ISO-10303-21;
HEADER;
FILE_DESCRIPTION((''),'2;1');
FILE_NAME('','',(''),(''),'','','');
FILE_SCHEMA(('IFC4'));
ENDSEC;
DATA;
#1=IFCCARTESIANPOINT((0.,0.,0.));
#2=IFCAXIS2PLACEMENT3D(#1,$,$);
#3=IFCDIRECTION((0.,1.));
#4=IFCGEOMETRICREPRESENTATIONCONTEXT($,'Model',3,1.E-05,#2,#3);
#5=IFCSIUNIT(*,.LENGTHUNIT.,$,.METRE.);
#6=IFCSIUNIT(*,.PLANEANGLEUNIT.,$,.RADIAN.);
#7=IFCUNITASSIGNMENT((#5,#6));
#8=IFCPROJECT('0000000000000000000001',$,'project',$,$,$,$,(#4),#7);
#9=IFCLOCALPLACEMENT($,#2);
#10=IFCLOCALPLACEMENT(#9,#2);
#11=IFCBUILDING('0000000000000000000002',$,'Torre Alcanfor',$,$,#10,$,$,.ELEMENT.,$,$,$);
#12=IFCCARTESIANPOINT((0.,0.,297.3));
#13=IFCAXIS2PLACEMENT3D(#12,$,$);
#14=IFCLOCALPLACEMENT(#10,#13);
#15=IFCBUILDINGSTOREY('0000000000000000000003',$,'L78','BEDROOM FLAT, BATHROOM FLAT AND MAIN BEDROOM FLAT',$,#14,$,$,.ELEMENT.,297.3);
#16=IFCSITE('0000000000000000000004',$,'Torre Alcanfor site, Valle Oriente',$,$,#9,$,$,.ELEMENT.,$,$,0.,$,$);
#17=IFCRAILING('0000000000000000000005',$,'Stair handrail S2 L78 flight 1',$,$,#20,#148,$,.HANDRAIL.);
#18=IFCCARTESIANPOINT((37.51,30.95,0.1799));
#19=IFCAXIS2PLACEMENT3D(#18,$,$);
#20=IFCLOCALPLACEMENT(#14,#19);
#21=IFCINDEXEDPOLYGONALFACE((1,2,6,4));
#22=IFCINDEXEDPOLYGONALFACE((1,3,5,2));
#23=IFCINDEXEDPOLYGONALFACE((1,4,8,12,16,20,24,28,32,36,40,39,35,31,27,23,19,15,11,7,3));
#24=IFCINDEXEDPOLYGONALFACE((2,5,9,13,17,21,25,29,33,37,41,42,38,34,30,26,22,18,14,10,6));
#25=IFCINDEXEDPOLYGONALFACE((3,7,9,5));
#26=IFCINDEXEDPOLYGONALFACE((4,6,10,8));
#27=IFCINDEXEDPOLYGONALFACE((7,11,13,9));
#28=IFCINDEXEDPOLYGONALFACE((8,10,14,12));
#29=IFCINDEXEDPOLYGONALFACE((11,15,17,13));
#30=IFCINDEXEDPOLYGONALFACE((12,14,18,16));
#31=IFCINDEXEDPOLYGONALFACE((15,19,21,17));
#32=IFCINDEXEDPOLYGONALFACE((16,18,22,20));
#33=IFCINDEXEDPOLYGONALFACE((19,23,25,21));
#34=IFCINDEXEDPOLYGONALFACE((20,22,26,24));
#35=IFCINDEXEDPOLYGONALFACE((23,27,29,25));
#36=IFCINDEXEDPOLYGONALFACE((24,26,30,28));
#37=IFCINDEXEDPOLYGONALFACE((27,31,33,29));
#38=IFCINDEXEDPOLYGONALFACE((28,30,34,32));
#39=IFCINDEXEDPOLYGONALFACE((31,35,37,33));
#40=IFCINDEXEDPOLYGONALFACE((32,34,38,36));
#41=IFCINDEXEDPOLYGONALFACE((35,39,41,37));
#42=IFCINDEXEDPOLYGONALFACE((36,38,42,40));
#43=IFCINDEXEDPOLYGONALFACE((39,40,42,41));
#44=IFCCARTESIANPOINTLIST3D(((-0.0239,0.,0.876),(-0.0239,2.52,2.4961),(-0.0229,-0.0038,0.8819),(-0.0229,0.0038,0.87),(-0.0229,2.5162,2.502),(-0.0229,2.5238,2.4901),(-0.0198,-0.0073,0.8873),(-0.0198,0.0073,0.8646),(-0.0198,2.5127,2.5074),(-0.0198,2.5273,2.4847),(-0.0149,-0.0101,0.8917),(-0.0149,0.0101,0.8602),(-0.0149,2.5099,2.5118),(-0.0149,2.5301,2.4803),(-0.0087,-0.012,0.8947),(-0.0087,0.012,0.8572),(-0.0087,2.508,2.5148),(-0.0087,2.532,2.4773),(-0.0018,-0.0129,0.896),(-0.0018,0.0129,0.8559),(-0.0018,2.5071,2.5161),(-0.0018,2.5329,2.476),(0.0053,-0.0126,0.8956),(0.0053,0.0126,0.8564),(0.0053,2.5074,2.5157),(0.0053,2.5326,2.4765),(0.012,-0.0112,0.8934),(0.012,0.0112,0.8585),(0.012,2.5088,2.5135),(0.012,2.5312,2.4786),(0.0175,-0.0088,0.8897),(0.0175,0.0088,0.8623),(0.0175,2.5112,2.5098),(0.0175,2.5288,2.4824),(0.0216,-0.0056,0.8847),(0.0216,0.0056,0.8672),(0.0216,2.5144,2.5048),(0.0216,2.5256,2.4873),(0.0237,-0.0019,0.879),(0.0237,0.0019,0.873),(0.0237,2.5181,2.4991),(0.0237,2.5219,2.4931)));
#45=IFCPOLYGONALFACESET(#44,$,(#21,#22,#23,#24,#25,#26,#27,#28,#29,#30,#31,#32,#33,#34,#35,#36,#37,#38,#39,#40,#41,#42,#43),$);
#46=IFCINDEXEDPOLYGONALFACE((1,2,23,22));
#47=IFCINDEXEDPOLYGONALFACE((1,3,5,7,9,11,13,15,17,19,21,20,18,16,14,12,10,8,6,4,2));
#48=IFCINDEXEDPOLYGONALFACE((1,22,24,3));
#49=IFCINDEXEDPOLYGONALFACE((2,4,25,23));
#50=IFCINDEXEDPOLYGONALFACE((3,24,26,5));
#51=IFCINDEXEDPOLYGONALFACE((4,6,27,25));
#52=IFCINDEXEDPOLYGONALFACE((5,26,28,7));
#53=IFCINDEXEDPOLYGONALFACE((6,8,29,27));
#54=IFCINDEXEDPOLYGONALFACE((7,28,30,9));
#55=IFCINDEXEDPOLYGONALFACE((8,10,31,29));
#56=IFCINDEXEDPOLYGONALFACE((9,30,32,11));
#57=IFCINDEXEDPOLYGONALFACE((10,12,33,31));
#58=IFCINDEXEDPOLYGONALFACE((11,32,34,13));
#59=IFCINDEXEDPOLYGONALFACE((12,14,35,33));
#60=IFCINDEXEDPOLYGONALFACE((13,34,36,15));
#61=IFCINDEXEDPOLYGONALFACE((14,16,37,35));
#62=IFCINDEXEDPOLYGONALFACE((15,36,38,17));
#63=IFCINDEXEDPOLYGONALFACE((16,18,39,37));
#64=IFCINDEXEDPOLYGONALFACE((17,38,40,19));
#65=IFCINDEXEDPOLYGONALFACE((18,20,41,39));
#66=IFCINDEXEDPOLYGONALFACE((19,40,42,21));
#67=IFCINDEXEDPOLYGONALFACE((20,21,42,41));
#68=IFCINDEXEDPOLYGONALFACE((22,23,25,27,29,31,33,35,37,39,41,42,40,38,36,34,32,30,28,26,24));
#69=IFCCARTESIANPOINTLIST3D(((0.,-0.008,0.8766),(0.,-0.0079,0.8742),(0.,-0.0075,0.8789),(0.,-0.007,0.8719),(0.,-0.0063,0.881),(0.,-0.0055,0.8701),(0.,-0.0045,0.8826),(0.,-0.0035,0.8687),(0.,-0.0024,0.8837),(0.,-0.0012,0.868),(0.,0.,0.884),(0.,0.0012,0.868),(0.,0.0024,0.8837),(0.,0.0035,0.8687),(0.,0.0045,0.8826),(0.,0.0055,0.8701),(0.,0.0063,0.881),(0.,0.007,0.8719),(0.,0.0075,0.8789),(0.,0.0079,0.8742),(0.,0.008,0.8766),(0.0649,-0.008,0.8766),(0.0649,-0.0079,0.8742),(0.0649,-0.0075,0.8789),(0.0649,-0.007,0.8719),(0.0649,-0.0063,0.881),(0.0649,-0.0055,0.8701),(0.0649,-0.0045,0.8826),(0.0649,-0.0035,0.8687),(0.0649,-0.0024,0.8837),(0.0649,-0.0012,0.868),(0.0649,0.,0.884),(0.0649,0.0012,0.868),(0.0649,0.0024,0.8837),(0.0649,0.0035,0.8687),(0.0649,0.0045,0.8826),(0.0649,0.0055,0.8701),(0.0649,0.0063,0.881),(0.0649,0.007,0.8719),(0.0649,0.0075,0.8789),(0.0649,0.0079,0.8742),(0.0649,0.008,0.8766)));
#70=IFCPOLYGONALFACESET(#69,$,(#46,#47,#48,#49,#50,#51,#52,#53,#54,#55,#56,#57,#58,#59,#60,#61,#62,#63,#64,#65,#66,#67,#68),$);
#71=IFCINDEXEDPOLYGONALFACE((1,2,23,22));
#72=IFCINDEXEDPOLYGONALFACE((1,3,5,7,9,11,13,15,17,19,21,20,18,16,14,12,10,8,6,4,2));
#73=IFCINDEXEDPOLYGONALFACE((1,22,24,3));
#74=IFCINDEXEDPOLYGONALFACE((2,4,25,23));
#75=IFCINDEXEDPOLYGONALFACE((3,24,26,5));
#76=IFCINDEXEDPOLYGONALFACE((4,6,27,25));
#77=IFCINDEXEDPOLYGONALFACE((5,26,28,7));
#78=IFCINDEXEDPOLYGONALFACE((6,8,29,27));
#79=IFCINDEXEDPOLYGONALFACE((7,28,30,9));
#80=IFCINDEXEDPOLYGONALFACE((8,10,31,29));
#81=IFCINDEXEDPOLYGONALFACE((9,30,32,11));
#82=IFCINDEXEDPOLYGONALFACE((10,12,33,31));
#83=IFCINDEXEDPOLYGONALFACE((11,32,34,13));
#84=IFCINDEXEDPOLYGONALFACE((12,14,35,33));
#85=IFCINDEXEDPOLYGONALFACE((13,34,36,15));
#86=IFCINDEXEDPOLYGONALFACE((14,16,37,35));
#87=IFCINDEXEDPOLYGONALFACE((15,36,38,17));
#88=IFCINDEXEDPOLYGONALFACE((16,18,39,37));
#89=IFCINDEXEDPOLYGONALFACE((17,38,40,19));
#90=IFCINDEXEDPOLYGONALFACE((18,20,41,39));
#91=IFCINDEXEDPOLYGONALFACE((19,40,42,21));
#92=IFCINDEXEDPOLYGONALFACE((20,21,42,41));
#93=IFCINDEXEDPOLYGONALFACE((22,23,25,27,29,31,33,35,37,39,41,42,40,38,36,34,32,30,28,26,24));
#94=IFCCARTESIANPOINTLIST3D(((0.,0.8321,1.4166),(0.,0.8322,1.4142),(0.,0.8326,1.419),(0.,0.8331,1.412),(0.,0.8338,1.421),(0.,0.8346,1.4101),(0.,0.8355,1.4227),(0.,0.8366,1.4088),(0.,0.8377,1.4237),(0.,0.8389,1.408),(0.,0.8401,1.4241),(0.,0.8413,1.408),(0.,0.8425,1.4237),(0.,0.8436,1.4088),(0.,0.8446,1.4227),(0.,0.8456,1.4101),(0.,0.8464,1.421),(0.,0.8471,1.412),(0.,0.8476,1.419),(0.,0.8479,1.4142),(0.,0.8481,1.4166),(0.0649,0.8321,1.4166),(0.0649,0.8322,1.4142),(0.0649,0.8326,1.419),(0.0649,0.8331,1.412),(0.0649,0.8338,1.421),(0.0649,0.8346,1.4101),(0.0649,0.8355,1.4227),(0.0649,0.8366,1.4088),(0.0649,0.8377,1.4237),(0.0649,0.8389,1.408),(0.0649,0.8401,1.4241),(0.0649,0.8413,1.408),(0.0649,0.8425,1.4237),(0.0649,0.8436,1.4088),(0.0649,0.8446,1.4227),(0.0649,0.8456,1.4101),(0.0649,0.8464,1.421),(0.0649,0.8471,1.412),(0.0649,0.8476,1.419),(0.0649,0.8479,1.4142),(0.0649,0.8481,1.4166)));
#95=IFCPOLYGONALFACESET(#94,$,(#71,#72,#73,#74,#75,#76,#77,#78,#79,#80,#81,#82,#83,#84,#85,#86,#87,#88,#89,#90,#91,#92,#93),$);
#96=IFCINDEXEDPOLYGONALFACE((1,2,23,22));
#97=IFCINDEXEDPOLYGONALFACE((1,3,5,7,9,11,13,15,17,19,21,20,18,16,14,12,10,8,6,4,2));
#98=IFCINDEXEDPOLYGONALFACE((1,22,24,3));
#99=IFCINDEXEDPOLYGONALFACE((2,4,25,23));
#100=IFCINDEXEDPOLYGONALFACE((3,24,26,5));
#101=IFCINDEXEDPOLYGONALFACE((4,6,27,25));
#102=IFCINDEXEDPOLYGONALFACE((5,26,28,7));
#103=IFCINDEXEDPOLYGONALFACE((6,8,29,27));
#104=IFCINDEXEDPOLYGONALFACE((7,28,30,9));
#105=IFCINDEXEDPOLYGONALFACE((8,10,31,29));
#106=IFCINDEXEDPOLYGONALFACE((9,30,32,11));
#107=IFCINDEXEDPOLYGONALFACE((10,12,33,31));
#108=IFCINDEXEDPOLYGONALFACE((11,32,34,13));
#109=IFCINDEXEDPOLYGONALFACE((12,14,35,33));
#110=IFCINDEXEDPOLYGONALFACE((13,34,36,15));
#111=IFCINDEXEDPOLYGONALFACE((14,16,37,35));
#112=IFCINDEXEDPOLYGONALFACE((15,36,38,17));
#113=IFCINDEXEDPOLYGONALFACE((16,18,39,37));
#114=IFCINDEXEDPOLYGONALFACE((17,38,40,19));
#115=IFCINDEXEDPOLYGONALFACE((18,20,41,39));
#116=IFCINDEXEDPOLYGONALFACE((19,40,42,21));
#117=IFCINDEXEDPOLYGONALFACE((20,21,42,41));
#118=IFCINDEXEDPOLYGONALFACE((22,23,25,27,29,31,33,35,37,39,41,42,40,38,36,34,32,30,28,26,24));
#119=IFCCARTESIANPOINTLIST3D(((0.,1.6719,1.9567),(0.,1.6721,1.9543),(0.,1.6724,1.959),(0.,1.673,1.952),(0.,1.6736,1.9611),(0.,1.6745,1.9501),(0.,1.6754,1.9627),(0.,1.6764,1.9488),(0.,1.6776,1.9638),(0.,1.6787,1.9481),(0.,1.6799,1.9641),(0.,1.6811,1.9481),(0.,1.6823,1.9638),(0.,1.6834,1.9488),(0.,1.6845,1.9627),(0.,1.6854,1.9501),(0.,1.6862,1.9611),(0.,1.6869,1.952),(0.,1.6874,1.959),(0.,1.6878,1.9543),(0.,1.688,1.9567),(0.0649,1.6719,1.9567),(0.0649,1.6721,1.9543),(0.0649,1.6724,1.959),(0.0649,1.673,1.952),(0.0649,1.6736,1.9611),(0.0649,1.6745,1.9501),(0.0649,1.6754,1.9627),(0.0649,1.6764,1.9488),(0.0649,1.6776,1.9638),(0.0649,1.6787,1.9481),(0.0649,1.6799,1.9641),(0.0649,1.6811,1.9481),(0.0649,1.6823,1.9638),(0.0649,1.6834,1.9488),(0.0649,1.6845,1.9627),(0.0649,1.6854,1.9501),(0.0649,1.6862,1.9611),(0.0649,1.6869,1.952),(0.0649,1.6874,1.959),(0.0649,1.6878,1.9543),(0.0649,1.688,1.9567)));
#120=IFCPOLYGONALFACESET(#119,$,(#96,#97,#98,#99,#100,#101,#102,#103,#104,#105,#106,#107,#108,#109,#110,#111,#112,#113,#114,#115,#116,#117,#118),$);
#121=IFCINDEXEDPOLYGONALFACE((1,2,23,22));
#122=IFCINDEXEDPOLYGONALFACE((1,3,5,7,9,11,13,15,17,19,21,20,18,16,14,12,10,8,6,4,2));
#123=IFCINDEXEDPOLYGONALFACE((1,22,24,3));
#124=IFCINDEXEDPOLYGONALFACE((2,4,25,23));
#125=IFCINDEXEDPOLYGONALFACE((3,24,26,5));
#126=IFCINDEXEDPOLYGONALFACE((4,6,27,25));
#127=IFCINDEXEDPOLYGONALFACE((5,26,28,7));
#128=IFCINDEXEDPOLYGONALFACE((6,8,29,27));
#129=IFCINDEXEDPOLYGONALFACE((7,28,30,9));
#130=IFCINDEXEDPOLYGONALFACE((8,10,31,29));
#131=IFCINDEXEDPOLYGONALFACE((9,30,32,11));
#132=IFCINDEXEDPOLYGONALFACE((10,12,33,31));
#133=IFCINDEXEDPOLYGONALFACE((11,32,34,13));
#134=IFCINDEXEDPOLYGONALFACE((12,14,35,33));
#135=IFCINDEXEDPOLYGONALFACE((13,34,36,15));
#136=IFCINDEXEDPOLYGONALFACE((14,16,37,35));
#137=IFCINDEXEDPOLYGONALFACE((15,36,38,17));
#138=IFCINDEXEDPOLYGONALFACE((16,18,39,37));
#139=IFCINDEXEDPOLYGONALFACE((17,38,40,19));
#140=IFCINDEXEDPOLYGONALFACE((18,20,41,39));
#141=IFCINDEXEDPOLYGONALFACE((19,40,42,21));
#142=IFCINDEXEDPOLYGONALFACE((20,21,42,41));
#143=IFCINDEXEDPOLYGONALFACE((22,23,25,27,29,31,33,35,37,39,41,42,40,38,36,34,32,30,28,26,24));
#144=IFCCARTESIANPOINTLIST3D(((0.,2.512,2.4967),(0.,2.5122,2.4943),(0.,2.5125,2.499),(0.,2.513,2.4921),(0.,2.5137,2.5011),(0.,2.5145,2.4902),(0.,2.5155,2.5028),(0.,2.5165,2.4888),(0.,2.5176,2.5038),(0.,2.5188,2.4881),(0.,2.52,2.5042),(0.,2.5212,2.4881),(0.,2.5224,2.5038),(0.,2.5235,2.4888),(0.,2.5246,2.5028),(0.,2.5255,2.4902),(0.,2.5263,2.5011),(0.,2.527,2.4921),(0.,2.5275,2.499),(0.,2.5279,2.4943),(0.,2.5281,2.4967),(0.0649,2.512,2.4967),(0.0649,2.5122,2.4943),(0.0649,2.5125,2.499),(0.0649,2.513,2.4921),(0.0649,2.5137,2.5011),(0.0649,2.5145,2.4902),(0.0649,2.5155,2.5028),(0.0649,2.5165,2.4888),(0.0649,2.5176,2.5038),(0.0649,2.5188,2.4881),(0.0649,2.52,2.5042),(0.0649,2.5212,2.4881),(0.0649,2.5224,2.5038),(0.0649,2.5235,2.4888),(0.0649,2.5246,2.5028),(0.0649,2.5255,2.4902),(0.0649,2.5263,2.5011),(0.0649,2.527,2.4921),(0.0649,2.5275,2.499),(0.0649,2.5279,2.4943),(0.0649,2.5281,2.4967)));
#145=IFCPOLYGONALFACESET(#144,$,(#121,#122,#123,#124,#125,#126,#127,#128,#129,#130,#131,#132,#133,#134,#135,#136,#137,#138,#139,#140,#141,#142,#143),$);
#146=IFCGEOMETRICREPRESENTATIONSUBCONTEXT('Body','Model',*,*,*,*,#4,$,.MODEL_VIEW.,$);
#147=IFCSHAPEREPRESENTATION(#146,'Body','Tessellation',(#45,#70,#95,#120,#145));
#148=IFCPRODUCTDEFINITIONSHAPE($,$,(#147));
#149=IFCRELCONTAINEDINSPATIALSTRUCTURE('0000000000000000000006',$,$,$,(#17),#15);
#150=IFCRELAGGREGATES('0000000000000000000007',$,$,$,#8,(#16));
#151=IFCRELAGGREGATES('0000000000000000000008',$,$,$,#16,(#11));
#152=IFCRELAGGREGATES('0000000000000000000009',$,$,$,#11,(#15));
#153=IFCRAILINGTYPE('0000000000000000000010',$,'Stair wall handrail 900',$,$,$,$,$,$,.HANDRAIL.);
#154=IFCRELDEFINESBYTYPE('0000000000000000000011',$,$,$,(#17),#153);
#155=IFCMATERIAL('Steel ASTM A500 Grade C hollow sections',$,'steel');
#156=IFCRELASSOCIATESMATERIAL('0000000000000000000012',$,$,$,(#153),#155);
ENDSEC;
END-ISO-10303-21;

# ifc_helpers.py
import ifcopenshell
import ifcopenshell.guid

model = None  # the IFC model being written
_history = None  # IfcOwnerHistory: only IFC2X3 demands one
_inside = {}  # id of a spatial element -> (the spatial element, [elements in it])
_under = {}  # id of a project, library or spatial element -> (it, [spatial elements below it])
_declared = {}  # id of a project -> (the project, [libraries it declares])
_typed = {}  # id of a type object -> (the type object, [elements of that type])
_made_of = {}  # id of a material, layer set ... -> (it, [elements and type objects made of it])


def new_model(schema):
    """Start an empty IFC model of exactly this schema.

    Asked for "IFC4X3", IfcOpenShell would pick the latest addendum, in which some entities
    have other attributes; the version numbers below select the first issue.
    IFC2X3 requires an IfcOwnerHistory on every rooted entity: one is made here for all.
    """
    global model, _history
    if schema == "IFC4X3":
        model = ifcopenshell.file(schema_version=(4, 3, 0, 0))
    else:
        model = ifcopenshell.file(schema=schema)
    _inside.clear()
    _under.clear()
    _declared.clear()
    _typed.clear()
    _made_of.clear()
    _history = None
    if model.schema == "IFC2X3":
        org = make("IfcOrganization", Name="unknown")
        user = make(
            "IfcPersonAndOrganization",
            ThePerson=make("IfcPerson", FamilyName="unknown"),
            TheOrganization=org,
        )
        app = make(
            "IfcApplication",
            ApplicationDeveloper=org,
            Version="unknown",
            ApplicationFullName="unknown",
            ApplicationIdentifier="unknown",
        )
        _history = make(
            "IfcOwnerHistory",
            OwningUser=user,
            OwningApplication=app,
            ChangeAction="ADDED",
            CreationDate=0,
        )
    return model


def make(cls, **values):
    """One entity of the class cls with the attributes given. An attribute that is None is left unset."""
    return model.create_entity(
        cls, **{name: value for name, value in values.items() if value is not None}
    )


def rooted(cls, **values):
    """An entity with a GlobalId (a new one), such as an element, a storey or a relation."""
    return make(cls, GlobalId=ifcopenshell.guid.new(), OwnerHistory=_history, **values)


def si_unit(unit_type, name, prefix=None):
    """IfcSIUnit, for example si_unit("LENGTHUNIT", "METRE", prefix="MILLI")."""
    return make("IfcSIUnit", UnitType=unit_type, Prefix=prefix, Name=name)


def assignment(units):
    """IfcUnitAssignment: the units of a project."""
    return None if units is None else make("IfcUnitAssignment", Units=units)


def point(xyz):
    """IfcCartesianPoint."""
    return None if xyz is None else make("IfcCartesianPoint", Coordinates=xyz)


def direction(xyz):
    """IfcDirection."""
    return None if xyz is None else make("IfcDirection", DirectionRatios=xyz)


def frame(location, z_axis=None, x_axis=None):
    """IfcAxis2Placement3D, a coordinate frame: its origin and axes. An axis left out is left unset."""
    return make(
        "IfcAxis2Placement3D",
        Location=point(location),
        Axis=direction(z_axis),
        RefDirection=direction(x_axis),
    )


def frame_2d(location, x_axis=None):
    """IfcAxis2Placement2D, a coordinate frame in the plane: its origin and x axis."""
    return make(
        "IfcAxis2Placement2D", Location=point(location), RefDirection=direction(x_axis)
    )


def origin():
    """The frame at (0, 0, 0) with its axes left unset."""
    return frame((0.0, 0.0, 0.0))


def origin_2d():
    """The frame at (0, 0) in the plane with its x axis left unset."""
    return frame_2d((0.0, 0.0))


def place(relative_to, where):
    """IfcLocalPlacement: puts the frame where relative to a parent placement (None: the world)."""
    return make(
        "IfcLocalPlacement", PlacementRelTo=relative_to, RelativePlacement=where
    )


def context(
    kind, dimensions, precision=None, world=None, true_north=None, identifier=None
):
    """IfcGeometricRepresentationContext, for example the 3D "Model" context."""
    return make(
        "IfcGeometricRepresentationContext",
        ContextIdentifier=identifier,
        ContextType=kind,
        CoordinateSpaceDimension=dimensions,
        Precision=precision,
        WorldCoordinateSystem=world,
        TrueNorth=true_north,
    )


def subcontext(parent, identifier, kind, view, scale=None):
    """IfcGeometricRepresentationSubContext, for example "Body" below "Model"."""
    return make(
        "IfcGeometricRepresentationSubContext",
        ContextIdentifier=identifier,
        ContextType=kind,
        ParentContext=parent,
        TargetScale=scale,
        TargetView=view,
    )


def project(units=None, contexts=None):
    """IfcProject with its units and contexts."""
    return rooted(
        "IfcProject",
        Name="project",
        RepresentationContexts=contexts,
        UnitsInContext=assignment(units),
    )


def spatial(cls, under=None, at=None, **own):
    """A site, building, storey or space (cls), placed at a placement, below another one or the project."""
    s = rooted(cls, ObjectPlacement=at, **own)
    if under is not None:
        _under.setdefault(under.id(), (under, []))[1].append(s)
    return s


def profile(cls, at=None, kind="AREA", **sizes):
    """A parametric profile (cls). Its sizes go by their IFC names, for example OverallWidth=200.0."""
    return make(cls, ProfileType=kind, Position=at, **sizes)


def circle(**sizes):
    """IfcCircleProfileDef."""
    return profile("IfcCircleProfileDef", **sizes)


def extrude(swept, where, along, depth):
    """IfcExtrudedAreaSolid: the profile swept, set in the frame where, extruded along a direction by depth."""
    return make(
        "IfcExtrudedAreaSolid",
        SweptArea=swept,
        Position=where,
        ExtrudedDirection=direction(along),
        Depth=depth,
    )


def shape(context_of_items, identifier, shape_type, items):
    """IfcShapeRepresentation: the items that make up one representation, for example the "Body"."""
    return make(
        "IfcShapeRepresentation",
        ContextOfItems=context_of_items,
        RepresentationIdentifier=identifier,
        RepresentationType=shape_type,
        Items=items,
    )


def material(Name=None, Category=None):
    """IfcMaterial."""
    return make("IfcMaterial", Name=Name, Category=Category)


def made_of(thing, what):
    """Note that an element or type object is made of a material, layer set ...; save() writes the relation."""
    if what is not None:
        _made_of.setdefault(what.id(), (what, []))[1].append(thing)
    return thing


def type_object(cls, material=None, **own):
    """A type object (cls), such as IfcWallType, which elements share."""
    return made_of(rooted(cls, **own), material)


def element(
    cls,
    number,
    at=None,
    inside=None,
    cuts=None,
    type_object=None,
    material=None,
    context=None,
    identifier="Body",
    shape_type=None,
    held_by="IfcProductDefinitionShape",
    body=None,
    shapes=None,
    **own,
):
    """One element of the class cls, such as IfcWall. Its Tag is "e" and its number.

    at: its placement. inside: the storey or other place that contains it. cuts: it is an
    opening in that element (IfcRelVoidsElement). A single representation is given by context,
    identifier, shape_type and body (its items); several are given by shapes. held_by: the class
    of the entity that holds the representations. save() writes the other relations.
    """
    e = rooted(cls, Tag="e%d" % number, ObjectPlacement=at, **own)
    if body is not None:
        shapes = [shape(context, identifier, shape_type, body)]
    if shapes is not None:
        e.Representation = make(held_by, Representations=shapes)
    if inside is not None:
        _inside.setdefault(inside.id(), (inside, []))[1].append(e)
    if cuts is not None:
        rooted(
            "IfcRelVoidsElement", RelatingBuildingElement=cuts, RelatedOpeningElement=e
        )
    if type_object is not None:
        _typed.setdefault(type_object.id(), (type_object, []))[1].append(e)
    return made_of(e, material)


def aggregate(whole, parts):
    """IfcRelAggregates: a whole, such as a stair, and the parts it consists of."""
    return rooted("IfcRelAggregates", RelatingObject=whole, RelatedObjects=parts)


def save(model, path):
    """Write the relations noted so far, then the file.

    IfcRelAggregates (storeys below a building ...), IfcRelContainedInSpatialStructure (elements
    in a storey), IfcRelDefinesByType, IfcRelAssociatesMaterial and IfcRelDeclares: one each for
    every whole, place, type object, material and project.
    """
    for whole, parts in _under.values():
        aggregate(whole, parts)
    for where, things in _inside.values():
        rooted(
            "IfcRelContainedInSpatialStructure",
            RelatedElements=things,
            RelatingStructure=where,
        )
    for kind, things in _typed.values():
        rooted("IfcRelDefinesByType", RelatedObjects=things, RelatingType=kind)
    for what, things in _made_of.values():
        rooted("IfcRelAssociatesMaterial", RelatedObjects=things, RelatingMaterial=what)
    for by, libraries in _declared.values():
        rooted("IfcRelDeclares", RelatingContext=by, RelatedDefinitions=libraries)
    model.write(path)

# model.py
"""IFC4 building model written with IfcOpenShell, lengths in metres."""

from ifc_helpers import new_model, si_unit, direction, frame, origin, origin_2d, place, context, subcontext, project, spatial, circle, extrude, material, type_object, element, save


model = new_model("IFC4")

# Units and contexts
model_context = context("Model", 3, precision=1e-05, world=origin(), true_north=direction((0.0, 1.0)))
body_context = subcontext(model_context, "Body", "Model", "MODEL_VIEW")
ifc_project = project(units=[si_unit("LENGTHUNIT", "METRE"), si_unit("PLANEANGLEUNIT", "RADIAN")], contexts=[model_context])

# Site, building, storey
site_placement = place(None, origin())
site = spatial("IfcSite", under=ifc_project, at=site_placement, Name="Torre Alcanfor site, Valle Oriente", CompositionType="ELEMENT", RefElevation=0.0)
building_placement = place(site_placement, origin())
building = spatial("IfcBuilding", under=site, at=building_placement, Name="Torre Alcanfor", CompositionType="ELEMENT")
storey_placement = place(building_placement, frame((0.0, 0.0, 297.3)))
storey = spatial("IfcBuildingStorey", under=building, at=storey_placement, Name="L78", Description="BEDROOM FLAT, BATHROOM FLAT AND MAIN BEDROOM FLAT", CompositionType="ELEMENT", Elevation=297.3)

# Railing
ifc_material_1 = material(Name="Steel ASTM A500 Grade C hollow sections", Category="steel")
railing_type_1 = type_object("IfcRailingType", Name="Stair wall handrail 900", PredefinedType="HANDRAIL", material=ifc_material_1)
railing_1_placement = place(storey_placement, frame((37.51, 30.95, 0.1799)))
element("IfcRailing", 1, at=railing_1_placement, inside=storey, type_object=railing_type_1, Name="Stair handrail S2 L78 flight 1", PredefinedType="HANDRAIL", context=body_context, shape_type="SweptSolid", body=[
    extrude(circle(Radius=0.0239, at=origin_2d()), frame((0.0, 0.0, 0.876), z_axis=(0.0, 0.841163, 0.540782), x_axis=(-1.0, 0.0, 0.0)), (0.0, 0.0, 1.0), 2.9958),
    extrude(circle(Radius=0.0081, at=origin_2d()), frame((0.0, 0.0, 0.876), z_axis=(1.0, 0.0, 0.0), x_axis=(0.0, 0.0, 1.0)), (0.0, 0.0, 1.0), 0.0649),
    extrude(circle(Radius=0.0081, at=origin_2d()), frame((0.0, 0.8401, 1.416), z_axis=(1.0, 0.0, 0.0), x_axis=(0.0, 0.0, 1.0)), (0.0, 0.0, 1.0), 0.0649),
    extrude(circle(Radius=0.0081, at=origin_2d()), frame((0.0, 1.6799, 1.9561), z_axis=(1.0, 0.0, 0.0), x_axis=(0.0, 0.0, 1.0)), (0.0, 0.0, 1.0), 0.0649),
    extrude(circle(Radius=0.0081, at=origin_2d()), frame((0.0, 2.52, 2.4961), z_axis=(1.0, 0.0, 0.0), x_axis=(0.0, 0.0, 1.0)), (0.0, 0.0, 1.0), 0.0649),
])

save(model, "model.ifc")
